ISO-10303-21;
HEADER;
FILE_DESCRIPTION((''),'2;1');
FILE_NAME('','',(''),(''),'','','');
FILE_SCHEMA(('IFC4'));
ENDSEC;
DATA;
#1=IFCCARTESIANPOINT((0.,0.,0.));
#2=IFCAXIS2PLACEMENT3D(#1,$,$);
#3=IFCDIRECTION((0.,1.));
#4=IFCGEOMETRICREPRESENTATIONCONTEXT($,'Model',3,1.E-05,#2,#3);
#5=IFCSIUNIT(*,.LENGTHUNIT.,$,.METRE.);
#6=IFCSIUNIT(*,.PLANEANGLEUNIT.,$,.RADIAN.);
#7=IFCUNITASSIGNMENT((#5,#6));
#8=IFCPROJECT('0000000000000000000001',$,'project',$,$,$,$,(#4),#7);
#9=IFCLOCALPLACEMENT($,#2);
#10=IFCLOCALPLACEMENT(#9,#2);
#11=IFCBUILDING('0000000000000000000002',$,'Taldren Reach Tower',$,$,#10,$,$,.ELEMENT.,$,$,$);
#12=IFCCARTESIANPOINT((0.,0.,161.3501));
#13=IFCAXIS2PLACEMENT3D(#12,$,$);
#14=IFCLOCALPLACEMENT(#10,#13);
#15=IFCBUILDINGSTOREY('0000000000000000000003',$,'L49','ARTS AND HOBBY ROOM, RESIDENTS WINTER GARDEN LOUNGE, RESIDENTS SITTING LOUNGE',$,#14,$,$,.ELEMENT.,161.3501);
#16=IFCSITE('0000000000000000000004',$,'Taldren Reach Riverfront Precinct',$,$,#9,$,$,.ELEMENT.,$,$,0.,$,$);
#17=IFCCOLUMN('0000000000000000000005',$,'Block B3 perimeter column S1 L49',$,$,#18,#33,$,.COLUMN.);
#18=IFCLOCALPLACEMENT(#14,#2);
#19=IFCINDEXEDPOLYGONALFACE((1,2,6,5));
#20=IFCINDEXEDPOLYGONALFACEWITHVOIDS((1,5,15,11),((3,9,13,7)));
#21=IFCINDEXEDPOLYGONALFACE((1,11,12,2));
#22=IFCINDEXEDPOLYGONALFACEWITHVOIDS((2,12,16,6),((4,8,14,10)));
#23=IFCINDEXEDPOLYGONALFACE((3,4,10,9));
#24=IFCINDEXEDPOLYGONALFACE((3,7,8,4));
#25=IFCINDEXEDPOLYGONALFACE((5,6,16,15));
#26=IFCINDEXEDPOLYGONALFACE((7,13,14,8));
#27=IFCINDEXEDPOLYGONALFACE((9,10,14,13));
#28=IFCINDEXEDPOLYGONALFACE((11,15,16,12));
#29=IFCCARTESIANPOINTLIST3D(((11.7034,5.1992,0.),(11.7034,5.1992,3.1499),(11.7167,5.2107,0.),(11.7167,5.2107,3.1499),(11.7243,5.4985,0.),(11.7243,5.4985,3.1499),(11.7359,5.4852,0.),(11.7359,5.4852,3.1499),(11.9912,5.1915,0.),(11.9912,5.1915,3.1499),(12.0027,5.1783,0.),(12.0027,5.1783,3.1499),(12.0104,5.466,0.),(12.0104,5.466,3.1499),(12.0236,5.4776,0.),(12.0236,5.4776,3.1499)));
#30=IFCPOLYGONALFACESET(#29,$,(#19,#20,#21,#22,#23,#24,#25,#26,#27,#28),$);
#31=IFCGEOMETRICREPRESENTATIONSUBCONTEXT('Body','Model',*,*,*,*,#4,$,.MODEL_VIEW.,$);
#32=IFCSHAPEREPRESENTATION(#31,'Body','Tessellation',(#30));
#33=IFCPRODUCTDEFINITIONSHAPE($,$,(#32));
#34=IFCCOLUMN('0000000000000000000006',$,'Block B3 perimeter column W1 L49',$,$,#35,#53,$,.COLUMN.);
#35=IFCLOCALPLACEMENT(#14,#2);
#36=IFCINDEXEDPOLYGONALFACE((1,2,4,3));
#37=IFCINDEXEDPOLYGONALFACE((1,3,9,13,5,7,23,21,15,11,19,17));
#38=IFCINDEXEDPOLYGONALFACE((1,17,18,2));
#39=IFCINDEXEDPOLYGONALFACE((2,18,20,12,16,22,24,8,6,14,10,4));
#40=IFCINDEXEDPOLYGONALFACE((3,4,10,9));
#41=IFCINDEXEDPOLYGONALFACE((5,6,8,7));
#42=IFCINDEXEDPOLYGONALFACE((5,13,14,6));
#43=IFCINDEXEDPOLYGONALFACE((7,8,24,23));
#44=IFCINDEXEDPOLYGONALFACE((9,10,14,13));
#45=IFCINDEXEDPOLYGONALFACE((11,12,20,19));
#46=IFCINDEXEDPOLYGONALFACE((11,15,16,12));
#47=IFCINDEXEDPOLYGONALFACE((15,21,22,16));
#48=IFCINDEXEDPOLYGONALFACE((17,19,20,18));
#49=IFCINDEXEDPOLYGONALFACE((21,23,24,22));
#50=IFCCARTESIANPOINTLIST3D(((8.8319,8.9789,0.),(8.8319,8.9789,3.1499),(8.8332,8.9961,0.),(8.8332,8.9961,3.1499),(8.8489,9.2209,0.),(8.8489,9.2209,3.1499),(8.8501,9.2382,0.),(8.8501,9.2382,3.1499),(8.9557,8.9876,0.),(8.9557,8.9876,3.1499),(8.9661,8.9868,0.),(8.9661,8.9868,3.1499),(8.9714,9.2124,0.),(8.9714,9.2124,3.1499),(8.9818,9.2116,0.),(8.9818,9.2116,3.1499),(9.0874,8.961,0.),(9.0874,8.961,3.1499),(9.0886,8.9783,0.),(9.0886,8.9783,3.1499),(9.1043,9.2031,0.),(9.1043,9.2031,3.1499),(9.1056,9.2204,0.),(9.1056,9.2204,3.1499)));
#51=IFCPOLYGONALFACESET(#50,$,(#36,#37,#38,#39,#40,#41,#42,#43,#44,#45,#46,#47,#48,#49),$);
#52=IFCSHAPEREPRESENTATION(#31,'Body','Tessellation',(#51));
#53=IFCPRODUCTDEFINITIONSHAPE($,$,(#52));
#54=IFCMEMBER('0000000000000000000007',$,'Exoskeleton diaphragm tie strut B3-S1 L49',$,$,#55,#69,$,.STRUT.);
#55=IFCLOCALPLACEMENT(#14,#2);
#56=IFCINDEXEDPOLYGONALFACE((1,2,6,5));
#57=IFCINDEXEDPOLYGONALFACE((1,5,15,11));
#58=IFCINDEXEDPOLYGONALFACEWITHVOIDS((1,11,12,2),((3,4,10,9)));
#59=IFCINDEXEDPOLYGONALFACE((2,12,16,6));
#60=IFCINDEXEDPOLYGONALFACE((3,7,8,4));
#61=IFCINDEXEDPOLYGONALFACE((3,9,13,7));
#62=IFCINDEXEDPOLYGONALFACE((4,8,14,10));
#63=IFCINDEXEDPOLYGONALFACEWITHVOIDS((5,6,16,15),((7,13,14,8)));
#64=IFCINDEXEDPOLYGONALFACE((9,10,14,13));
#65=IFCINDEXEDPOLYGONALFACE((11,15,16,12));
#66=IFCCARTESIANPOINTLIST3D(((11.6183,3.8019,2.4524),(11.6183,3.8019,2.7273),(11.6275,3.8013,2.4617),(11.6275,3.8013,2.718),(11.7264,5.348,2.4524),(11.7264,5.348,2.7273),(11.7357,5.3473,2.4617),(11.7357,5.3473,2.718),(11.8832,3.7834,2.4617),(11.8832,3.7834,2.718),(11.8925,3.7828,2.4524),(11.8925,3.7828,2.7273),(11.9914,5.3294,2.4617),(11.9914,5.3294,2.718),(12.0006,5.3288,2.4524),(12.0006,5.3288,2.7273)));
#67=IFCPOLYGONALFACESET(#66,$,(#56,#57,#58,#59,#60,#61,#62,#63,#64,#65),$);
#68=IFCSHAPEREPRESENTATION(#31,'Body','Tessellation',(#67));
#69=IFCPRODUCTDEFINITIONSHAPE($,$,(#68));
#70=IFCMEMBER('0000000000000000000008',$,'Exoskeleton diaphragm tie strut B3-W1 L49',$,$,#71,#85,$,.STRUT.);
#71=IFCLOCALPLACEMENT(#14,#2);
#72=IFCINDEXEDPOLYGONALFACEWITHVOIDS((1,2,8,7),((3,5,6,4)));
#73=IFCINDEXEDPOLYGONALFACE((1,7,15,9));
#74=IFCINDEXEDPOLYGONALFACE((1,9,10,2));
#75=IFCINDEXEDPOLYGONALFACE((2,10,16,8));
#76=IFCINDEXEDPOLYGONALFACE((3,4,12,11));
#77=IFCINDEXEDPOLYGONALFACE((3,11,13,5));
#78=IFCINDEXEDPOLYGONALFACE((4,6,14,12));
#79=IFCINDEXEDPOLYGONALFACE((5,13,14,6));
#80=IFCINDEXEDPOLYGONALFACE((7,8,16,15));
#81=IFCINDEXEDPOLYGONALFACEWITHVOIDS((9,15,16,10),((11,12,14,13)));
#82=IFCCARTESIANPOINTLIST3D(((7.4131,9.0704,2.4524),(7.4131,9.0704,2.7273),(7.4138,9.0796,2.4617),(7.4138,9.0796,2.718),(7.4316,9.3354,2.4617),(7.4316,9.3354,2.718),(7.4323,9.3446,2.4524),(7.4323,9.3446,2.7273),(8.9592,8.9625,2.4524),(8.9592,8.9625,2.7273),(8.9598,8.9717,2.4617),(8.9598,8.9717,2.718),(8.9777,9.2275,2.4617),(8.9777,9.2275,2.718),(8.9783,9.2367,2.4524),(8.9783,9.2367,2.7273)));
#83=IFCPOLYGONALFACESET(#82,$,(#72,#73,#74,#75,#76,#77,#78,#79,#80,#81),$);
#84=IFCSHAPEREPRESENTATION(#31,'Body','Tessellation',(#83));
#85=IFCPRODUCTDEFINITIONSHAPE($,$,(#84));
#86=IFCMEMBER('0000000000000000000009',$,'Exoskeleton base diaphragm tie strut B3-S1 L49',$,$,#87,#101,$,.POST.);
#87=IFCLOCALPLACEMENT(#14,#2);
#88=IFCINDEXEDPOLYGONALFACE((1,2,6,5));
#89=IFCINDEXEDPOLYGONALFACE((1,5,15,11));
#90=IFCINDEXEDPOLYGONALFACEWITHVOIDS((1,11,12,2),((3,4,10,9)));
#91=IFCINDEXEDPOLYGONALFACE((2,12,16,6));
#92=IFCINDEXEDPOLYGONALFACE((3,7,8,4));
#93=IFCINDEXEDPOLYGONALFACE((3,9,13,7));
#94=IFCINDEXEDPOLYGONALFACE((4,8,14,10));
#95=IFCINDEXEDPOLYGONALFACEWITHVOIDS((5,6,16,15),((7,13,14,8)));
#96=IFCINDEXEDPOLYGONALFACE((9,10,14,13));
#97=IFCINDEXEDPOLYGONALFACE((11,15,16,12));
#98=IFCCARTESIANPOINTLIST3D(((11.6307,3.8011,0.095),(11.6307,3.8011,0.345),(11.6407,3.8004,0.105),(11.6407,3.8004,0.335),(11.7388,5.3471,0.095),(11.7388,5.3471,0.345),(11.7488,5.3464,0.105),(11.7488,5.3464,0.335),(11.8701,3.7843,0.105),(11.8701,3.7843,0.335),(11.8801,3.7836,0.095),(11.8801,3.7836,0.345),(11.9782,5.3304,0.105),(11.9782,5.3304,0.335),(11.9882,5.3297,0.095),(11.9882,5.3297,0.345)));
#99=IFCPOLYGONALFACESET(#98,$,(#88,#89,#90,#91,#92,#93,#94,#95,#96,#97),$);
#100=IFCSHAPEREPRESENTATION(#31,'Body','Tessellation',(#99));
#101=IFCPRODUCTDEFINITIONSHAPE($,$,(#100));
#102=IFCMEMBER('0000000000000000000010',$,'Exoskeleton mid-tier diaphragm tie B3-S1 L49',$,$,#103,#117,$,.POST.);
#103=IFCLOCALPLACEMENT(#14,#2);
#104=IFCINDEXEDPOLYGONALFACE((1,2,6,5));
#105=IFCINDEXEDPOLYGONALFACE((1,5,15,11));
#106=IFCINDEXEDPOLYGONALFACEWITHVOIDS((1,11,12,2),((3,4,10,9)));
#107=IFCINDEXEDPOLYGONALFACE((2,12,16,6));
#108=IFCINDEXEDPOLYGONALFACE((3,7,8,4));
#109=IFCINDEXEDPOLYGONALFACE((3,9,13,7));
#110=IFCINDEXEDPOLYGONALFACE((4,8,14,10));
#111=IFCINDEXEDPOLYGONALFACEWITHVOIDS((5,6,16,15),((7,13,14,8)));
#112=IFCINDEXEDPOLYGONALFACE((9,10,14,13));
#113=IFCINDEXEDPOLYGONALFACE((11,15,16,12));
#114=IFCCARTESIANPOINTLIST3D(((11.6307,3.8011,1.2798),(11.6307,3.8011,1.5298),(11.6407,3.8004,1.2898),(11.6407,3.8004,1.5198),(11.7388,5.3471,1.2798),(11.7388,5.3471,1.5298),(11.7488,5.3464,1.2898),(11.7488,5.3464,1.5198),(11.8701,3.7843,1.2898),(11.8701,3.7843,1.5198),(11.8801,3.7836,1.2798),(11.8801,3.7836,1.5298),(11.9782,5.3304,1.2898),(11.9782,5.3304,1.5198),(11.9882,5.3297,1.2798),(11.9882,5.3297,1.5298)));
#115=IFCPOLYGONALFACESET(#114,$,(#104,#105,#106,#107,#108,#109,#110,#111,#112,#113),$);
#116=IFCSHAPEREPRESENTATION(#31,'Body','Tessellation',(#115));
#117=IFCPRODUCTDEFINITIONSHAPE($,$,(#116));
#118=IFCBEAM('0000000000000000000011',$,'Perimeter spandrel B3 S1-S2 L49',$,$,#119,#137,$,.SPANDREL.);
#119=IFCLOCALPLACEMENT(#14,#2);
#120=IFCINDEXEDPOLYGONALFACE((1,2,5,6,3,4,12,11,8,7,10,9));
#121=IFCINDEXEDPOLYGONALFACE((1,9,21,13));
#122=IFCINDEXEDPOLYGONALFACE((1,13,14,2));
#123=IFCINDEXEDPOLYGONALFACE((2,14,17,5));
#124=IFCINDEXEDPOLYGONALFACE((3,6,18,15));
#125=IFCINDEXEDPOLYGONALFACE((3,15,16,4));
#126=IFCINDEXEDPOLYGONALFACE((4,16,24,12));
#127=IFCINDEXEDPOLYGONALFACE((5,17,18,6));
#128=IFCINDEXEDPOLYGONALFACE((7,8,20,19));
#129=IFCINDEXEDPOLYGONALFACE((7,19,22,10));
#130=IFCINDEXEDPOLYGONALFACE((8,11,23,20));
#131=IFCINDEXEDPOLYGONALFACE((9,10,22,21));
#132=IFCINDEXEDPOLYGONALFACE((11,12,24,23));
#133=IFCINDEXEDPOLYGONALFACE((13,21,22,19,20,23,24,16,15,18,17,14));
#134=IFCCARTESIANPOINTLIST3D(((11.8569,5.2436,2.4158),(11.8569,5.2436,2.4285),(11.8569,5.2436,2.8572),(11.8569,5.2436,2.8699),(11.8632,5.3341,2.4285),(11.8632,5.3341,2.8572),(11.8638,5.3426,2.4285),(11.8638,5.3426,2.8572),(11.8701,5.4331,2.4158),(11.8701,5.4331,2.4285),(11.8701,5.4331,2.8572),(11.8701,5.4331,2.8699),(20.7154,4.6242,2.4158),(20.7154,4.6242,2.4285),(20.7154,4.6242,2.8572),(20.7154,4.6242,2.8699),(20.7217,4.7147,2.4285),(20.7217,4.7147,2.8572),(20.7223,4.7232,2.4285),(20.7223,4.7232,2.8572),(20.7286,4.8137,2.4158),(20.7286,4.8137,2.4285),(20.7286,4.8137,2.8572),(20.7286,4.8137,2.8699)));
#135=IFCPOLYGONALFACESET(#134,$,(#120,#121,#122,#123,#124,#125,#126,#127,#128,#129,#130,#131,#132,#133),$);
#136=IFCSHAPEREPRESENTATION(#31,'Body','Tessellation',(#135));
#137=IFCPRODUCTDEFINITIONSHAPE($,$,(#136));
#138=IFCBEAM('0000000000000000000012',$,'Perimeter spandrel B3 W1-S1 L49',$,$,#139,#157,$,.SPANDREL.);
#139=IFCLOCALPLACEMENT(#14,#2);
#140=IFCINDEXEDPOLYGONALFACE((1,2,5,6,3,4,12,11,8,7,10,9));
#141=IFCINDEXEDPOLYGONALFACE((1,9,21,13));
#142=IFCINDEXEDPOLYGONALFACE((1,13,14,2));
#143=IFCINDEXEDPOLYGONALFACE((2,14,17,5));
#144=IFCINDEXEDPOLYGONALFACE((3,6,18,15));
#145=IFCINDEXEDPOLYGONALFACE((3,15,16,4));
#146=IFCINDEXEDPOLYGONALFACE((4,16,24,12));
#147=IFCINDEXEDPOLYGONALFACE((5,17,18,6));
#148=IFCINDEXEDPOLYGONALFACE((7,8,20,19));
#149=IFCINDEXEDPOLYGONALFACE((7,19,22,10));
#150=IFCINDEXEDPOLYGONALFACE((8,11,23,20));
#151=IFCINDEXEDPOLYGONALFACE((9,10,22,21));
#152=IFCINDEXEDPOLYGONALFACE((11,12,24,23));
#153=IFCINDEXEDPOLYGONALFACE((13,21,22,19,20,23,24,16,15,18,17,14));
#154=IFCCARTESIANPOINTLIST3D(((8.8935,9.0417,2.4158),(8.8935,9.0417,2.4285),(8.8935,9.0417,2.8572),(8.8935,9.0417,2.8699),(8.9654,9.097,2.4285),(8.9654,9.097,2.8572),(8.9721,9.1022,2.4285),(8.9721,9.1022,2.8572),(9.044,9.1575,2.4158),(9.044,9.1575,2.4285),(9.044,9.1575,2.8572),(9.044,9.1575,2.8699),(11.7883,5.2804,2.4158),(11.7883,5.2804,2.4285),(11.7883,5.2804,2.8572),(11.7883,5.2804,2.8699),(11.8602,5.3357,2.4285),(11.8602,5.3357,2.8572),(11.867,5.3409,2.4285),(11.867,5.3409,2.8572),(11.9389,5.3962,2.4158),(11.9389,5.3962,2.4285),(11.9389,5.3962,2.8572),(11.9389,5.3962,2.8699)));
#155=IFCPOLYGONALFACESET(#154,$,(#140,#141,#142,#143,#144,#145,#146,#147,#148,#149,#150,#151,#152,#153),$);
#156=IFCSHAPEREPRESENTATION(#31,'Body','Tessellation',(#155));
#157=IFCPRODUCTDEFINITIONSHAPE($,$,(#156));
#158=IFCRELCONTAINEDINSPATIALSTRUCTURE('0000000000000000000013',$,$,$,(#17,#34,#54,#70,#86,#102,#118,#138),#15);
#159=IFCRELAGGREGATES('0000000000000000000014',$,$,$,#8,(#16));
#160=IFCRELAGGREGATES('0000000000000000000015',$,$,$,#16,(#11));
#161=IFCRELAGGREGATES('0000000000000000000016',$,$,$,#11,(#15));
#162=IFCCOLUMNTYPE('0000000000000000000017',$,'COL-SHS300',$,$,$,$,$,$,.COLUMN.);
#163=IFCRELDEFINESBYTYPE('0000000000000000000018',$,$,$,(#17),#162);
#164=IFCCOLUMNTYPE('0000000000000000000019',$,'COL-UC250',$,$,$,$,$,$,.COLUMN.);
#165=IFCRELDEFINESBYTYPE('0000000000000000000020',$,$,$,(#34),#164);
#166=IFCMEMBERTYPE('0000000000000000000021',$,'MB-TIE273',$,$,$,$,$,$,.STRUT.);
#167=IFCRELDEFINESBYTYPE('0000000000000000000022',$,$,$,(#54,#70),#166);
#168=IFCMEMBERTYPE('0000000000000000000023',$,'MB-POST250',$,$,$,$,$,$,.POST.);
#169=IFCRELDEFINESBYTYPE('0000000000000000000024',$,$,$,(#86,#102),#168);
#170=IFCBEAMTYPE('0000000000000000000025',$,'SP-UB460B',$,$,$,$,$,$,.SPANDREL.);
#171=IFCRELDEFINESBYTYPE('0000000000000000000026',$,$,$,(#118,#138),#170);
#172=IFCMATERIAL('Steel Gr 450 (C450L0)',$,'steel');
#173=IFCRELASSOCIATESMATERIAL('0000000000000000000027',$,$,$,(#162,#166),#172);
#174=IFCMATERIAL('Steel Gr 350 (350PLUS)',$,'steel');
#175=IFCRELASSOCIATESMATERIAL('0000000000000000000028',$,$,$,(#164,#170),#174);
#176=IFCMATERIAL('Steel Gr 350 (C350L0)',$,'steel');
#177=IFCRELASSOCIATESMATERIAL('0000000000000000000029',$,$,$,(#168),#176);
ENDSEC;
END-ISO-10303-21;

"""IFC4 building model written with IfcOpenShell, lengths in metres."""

from ifc_helpers import new_model, si_unit, direction, frame, origin, origin_2d, place, context, subcontext, project, spatial, hollow_rectangle, i_section, extrude, source, transform, mapped, material, material_profile, profile_set, type_object, element, save


model = new_model("IFC4")

# Units and contexts
model_context = context("Model", 3, precision=1e-05, world=origin(), true_north=direction((0.0, 1.0)))
body_context = subcontext(model_context, "Body", "Model", "MODEL_VIEW")
ifc_project = project(units=[si_unit("LENGTHUNIT", "METRE"), si_unit("PLANEANGLEUNIT", "RADIAN")], contexts=[model_context])

# Site, building, storey
site_placement = place(None, origin())
site = spatial("IfcSite", under=ifc_project, at=site_placement, Name="Taldren Reach Riverfront Precinct", CompositionType="ELEMENT", RefElevation=0.0)
building_placement = place(site_placement, origin())
building = spatial("IfcBuilding", under=site, at=building_placement, Name="Taldren Reach Tower", CompositionType="ELEMENT")
storey_placement = place(building_placement, frame((0.0, 0.0, 161.3501)))
storey = spatial("IfcBuildingStorey", under=building, at=storey_placement, Name="L49", Description="ARTS AND HOBBY ROOM, RESIDENTS WINTER GARDEN LOUNGE, RESIDENTS SITTING LOUNGE", CompositionType="ELEMENT", Elevation=161.3501)

# Columns
ifc_material_1 = material(Name="Steel Gr 450 (C450L0)", Category="steel")
ifc_material_profile_1 = material_profile(ifc_material_1, hollow_rectangle(XDim=0.3, YDim=0.3, WallThickness=0.0125, at=origin_2d()), Name="300x300x12.5SHS")
ifc_profile_set_1 = profile_set([ifc_material_profile_1], Name="Steel Gr 450 (C450L0)")
column_type_1 = type_object("IfcColumnType", Name="COL-SHS300", PredefinedType="COLUMN", material=ifc_profile_set_1)
shared_shape_1 = source(origin(), body_context, "Body", "SweptSolid", [
    extrude(hollow_rectangle(XDim=0.3, YDim=0.3, WallThickness=0.0125, at=origin_2d()), origin(), (0.0, 0.0, 1.0), 3.1499),
])
column_1_placement = place(storey_placement, frame((11.8635, 5.3384, 0.0), z_axis=(0.0, 0.0, 1.0), x_axis=(0.997564, -0.069756, 0.0)))
element("IfcColumn", 1, at=column_1_placement, inside=storey, type_object=column_type_1, Name="Block B3 perimeter column S1 L49", PredefinedType="COLUMN", context=body_context, shape_type="MappedRepresentation", body=[
    mapped(shared_shape_1, transform((0.0, 0.0, 0.0), scale=1.0)),
])
ifc_material_2 = material(Name="Steel Gr 350 (350PLUS)", Category="steel")
ifc_material_profile_2 = material_profile(ifc_material_2, i_section(OverallWidth=0.2561, OverallDepth=0.26, WebThickness=0.0105, FlangeThickness=0.0173, at=origin_2d()), Name="250UC89.5")
ifc_profile_set_2 = profile_set([ifc_material_profile_2], Name="Steel Gr 350 (350PLUS)")
column_type_2 = type_object("IfcColumnType", Name="COL-UC250", PredefinedType="COLUMN", material=ifc_profile_set_2)
shared_shape_2 = source(origin(), body_context, "Body", "SweptSolid", [
    extrude(i_section(OverallWidth=0.2561, OverallDepth=0.26, WebThickness=0.0105, FlangeThickness=0.0173, at=origin_2d()), origin(), (0.0, 0.0, 1.0), 3.1499),
])
column_2_placement = place(storey_placement, frame((8.9688, 9.0996, 0.0), z_axis=(0.0, 0.0, 1.0), x_axis=(0.997564, -0.069756, 0.0)))
element("IfcColumn", 2, at=column_2_placement, inside=storey, type_object=column_type_2, Name="Block B3 perimeter column W1 L49", PredefinedType="COLUMN", context=body_context, shape_type="MappedRepresentation", body=[
    mapped(shared_shape_2, transform((0.0, 0.0, 0.0), scale=1.0)),
])

# Members
ifc_material_profile_3 = material_profile(ifc_material_1, hollow_rectangle(XDim=0.2749, YDim=0.2749, WallThickness=0.0093, at=origin_2d()), Name="275x275x9.3SHS")
ifc_profile_set_3 = profile_set([ifc_material_profile_3], Name="Steel Gr 450 (C450L0)")
member_type_1 = type_object("IfcMemberType", Name="MB-TIE273", PredefinedType="STRUT", material=ifc_profile_set_3)
shared_shape_3 = source(origin(), body_context, "Body", "SweptSolid", [
    extrude(hollow_rectangle(XDim=0.2749, YDim=0.2749, WallThickness=0.0093, at=origin_2d()), origin(), (0.0, 0.0, 1.0), 1.5498),
])
for number, where, z_axis, x_axis, name in (
    (3, (11.8635, 5.3384, 2.5898), (-0.069781, -0.997562, 0.0), (0.997562, -0.069781, 0.0), "Exoskeleton diaphragm tie strut B3-S1 L49"),
    (4, (8.9688, 9.0996, 2.5898), (-0.997573, 0.069624, 0.0), (-0.069624, -0.997573, 0.0), "Exoskeleton diaphragm tie strut B3-W1 L49"),
):
    element("IfcMember", number, at=place(storey_placement, frame(where, z_axis=z_axis, x_axis=x_axis)), inside=storey, type_object=member_type_1, Name=name, PredefinedType="STRUT", context=body_context, shape_type="MappedRepresentation", body=[
        mapped(shared_shape_3, transform((0.0, 0.0, 0.0), scale=1.0)),
    ])
ifc_material_3 = material(Name="Steel Gr 350 (C350L0)", Category="steel")
ifc_material_profile_4 = material_profile(ifc_material_3, hollow_rectangle(XDim=0.25, YDim=0.25, WallThickness=0.01, at=origin_2d()), Name="250x250x10.0SHS")
ifc_profile_set_4 = profile_set([ifc_material_profile_4], Name="Steel Gr 350 (C350L0)")
member_type_2 = type_object("IfcMemberType", Name="MB-POST250", PredefinedType="POST", material=ifc_profile_set_4)
shared_shape_4 = source(origin(), body_context, "Body", "SweptSolid", [
    extrude(hollow_rectangle(XDim=0.25, YDim=0.25, WallThickness=0.01, at=origin_2d()), origin(), (0.0, 0.0, 1.0), 1.5498),
])
for number, where, z_axis, x_axis, name in (
    (5, (11.8635, 5.3384, 0.22), (-0.069781, -0.997562, 0.0), (0.997562, -0.069781, 0.0), "Exoskeleton base diaphragm tie strut B3-S1 L49"),
    (6, (11.8635, 5.3384, 1.4048), (-0.069781, -0.997562, 0.0), (0.997562, -0.069781, 0.0), "Exoskeleton mid-tier diaphragm tie B3-S1 L49"),
):
    element("IfcMember", number, at=place(storey_placement, frame(where, z_axis=z_axis, x_axis=x_axis)), inside=storey, type_object=member_type_2, Name=name, PredefinedType="POST", context=body_context, shape_type="MappedRepresentation", body=[
        mapped(shared_shape_4, transform((0.0, 0.0, 0.0), scale=1.0)),
    ])

# Beams
ifc_material_profile_5 = material_profile(ifc_material_2, i_section(OverallWidth=0.1899, OverallDepth=0.4541, WebThickness=0.0085, FlangeThickness=0.0127, at=origin_2d()), Name="460UB67.1")
ifc_profile_set_5 = profile_set([ifc_material_profile_5], Name="Steel Gr 350 (350PLUS)")
beam_type_1 = type_object("IfcBeamType", Name="SP-UB460B", PredefinedType="SPANDREL", material=ifc_profile_set_5)
shared_shape_5 = source(origin(), body_context, "Body", "SweptSolid", [
    extrude(i_section(OverallWidth=0.1899, OverallDepth=0.4541, WebThickness=0.0085, FlangeThickness=0.0127, at=origin_2d()), origin(), (0.0, 0.0, 1.0), 8.8801),
])
beam_1_placement = place(storey_placement, frame((11.8635, 5.3384, 2.6428), z_axis=(0.997564, -0.06975, 0.0), x_axis=(0.06975, 0.997564, 0.0)))
element("IfcBeam", 7, at=beam_1_placement, inside=storey, type_object=beam_type_1, Name="Perimeter spandrel B3 S1-S2 L49", PredefinedType="SPANDREL", context=body_context, shape_type="MappedRepresentation", body=[
    mapped(shared_shape_5, transform((0.0, 0.0, 0.0), scale=1.0)),
])
shared_shape_6 = source(origin(), body_context, "Body", "SweptSolid", [
    extrude(i_section(OverallWidth=0.1899, OverallDepth=0.4541, WebThickness=0.0085, FlangeThickness=0.0127, at=origin_2d()), origin(), (0.0, 0.0, 1.0), 4.7463),
])
beam_2_placement = place(storey_placement, frame((8.9688, 9.0996, 2.6428), z_axis=(0.609912, -0.792469, 0.0), x_axis=(0.792469, 0.609912, 0.0)))
element("IfcBeam", 8, at=beam_2_placement, inside=storey, type_object=beam_type_1, Name="Perimeter spandrel B3 W1-S1 L49", PredefinedType="SPANDREL", context=body_context, shape_type="MappedRepresentation", body=[
    mapped(shared_shape_6, transform((0.0, 0.0, 0.0), scale=1.0)),
])

save(model, "model.ifc")
